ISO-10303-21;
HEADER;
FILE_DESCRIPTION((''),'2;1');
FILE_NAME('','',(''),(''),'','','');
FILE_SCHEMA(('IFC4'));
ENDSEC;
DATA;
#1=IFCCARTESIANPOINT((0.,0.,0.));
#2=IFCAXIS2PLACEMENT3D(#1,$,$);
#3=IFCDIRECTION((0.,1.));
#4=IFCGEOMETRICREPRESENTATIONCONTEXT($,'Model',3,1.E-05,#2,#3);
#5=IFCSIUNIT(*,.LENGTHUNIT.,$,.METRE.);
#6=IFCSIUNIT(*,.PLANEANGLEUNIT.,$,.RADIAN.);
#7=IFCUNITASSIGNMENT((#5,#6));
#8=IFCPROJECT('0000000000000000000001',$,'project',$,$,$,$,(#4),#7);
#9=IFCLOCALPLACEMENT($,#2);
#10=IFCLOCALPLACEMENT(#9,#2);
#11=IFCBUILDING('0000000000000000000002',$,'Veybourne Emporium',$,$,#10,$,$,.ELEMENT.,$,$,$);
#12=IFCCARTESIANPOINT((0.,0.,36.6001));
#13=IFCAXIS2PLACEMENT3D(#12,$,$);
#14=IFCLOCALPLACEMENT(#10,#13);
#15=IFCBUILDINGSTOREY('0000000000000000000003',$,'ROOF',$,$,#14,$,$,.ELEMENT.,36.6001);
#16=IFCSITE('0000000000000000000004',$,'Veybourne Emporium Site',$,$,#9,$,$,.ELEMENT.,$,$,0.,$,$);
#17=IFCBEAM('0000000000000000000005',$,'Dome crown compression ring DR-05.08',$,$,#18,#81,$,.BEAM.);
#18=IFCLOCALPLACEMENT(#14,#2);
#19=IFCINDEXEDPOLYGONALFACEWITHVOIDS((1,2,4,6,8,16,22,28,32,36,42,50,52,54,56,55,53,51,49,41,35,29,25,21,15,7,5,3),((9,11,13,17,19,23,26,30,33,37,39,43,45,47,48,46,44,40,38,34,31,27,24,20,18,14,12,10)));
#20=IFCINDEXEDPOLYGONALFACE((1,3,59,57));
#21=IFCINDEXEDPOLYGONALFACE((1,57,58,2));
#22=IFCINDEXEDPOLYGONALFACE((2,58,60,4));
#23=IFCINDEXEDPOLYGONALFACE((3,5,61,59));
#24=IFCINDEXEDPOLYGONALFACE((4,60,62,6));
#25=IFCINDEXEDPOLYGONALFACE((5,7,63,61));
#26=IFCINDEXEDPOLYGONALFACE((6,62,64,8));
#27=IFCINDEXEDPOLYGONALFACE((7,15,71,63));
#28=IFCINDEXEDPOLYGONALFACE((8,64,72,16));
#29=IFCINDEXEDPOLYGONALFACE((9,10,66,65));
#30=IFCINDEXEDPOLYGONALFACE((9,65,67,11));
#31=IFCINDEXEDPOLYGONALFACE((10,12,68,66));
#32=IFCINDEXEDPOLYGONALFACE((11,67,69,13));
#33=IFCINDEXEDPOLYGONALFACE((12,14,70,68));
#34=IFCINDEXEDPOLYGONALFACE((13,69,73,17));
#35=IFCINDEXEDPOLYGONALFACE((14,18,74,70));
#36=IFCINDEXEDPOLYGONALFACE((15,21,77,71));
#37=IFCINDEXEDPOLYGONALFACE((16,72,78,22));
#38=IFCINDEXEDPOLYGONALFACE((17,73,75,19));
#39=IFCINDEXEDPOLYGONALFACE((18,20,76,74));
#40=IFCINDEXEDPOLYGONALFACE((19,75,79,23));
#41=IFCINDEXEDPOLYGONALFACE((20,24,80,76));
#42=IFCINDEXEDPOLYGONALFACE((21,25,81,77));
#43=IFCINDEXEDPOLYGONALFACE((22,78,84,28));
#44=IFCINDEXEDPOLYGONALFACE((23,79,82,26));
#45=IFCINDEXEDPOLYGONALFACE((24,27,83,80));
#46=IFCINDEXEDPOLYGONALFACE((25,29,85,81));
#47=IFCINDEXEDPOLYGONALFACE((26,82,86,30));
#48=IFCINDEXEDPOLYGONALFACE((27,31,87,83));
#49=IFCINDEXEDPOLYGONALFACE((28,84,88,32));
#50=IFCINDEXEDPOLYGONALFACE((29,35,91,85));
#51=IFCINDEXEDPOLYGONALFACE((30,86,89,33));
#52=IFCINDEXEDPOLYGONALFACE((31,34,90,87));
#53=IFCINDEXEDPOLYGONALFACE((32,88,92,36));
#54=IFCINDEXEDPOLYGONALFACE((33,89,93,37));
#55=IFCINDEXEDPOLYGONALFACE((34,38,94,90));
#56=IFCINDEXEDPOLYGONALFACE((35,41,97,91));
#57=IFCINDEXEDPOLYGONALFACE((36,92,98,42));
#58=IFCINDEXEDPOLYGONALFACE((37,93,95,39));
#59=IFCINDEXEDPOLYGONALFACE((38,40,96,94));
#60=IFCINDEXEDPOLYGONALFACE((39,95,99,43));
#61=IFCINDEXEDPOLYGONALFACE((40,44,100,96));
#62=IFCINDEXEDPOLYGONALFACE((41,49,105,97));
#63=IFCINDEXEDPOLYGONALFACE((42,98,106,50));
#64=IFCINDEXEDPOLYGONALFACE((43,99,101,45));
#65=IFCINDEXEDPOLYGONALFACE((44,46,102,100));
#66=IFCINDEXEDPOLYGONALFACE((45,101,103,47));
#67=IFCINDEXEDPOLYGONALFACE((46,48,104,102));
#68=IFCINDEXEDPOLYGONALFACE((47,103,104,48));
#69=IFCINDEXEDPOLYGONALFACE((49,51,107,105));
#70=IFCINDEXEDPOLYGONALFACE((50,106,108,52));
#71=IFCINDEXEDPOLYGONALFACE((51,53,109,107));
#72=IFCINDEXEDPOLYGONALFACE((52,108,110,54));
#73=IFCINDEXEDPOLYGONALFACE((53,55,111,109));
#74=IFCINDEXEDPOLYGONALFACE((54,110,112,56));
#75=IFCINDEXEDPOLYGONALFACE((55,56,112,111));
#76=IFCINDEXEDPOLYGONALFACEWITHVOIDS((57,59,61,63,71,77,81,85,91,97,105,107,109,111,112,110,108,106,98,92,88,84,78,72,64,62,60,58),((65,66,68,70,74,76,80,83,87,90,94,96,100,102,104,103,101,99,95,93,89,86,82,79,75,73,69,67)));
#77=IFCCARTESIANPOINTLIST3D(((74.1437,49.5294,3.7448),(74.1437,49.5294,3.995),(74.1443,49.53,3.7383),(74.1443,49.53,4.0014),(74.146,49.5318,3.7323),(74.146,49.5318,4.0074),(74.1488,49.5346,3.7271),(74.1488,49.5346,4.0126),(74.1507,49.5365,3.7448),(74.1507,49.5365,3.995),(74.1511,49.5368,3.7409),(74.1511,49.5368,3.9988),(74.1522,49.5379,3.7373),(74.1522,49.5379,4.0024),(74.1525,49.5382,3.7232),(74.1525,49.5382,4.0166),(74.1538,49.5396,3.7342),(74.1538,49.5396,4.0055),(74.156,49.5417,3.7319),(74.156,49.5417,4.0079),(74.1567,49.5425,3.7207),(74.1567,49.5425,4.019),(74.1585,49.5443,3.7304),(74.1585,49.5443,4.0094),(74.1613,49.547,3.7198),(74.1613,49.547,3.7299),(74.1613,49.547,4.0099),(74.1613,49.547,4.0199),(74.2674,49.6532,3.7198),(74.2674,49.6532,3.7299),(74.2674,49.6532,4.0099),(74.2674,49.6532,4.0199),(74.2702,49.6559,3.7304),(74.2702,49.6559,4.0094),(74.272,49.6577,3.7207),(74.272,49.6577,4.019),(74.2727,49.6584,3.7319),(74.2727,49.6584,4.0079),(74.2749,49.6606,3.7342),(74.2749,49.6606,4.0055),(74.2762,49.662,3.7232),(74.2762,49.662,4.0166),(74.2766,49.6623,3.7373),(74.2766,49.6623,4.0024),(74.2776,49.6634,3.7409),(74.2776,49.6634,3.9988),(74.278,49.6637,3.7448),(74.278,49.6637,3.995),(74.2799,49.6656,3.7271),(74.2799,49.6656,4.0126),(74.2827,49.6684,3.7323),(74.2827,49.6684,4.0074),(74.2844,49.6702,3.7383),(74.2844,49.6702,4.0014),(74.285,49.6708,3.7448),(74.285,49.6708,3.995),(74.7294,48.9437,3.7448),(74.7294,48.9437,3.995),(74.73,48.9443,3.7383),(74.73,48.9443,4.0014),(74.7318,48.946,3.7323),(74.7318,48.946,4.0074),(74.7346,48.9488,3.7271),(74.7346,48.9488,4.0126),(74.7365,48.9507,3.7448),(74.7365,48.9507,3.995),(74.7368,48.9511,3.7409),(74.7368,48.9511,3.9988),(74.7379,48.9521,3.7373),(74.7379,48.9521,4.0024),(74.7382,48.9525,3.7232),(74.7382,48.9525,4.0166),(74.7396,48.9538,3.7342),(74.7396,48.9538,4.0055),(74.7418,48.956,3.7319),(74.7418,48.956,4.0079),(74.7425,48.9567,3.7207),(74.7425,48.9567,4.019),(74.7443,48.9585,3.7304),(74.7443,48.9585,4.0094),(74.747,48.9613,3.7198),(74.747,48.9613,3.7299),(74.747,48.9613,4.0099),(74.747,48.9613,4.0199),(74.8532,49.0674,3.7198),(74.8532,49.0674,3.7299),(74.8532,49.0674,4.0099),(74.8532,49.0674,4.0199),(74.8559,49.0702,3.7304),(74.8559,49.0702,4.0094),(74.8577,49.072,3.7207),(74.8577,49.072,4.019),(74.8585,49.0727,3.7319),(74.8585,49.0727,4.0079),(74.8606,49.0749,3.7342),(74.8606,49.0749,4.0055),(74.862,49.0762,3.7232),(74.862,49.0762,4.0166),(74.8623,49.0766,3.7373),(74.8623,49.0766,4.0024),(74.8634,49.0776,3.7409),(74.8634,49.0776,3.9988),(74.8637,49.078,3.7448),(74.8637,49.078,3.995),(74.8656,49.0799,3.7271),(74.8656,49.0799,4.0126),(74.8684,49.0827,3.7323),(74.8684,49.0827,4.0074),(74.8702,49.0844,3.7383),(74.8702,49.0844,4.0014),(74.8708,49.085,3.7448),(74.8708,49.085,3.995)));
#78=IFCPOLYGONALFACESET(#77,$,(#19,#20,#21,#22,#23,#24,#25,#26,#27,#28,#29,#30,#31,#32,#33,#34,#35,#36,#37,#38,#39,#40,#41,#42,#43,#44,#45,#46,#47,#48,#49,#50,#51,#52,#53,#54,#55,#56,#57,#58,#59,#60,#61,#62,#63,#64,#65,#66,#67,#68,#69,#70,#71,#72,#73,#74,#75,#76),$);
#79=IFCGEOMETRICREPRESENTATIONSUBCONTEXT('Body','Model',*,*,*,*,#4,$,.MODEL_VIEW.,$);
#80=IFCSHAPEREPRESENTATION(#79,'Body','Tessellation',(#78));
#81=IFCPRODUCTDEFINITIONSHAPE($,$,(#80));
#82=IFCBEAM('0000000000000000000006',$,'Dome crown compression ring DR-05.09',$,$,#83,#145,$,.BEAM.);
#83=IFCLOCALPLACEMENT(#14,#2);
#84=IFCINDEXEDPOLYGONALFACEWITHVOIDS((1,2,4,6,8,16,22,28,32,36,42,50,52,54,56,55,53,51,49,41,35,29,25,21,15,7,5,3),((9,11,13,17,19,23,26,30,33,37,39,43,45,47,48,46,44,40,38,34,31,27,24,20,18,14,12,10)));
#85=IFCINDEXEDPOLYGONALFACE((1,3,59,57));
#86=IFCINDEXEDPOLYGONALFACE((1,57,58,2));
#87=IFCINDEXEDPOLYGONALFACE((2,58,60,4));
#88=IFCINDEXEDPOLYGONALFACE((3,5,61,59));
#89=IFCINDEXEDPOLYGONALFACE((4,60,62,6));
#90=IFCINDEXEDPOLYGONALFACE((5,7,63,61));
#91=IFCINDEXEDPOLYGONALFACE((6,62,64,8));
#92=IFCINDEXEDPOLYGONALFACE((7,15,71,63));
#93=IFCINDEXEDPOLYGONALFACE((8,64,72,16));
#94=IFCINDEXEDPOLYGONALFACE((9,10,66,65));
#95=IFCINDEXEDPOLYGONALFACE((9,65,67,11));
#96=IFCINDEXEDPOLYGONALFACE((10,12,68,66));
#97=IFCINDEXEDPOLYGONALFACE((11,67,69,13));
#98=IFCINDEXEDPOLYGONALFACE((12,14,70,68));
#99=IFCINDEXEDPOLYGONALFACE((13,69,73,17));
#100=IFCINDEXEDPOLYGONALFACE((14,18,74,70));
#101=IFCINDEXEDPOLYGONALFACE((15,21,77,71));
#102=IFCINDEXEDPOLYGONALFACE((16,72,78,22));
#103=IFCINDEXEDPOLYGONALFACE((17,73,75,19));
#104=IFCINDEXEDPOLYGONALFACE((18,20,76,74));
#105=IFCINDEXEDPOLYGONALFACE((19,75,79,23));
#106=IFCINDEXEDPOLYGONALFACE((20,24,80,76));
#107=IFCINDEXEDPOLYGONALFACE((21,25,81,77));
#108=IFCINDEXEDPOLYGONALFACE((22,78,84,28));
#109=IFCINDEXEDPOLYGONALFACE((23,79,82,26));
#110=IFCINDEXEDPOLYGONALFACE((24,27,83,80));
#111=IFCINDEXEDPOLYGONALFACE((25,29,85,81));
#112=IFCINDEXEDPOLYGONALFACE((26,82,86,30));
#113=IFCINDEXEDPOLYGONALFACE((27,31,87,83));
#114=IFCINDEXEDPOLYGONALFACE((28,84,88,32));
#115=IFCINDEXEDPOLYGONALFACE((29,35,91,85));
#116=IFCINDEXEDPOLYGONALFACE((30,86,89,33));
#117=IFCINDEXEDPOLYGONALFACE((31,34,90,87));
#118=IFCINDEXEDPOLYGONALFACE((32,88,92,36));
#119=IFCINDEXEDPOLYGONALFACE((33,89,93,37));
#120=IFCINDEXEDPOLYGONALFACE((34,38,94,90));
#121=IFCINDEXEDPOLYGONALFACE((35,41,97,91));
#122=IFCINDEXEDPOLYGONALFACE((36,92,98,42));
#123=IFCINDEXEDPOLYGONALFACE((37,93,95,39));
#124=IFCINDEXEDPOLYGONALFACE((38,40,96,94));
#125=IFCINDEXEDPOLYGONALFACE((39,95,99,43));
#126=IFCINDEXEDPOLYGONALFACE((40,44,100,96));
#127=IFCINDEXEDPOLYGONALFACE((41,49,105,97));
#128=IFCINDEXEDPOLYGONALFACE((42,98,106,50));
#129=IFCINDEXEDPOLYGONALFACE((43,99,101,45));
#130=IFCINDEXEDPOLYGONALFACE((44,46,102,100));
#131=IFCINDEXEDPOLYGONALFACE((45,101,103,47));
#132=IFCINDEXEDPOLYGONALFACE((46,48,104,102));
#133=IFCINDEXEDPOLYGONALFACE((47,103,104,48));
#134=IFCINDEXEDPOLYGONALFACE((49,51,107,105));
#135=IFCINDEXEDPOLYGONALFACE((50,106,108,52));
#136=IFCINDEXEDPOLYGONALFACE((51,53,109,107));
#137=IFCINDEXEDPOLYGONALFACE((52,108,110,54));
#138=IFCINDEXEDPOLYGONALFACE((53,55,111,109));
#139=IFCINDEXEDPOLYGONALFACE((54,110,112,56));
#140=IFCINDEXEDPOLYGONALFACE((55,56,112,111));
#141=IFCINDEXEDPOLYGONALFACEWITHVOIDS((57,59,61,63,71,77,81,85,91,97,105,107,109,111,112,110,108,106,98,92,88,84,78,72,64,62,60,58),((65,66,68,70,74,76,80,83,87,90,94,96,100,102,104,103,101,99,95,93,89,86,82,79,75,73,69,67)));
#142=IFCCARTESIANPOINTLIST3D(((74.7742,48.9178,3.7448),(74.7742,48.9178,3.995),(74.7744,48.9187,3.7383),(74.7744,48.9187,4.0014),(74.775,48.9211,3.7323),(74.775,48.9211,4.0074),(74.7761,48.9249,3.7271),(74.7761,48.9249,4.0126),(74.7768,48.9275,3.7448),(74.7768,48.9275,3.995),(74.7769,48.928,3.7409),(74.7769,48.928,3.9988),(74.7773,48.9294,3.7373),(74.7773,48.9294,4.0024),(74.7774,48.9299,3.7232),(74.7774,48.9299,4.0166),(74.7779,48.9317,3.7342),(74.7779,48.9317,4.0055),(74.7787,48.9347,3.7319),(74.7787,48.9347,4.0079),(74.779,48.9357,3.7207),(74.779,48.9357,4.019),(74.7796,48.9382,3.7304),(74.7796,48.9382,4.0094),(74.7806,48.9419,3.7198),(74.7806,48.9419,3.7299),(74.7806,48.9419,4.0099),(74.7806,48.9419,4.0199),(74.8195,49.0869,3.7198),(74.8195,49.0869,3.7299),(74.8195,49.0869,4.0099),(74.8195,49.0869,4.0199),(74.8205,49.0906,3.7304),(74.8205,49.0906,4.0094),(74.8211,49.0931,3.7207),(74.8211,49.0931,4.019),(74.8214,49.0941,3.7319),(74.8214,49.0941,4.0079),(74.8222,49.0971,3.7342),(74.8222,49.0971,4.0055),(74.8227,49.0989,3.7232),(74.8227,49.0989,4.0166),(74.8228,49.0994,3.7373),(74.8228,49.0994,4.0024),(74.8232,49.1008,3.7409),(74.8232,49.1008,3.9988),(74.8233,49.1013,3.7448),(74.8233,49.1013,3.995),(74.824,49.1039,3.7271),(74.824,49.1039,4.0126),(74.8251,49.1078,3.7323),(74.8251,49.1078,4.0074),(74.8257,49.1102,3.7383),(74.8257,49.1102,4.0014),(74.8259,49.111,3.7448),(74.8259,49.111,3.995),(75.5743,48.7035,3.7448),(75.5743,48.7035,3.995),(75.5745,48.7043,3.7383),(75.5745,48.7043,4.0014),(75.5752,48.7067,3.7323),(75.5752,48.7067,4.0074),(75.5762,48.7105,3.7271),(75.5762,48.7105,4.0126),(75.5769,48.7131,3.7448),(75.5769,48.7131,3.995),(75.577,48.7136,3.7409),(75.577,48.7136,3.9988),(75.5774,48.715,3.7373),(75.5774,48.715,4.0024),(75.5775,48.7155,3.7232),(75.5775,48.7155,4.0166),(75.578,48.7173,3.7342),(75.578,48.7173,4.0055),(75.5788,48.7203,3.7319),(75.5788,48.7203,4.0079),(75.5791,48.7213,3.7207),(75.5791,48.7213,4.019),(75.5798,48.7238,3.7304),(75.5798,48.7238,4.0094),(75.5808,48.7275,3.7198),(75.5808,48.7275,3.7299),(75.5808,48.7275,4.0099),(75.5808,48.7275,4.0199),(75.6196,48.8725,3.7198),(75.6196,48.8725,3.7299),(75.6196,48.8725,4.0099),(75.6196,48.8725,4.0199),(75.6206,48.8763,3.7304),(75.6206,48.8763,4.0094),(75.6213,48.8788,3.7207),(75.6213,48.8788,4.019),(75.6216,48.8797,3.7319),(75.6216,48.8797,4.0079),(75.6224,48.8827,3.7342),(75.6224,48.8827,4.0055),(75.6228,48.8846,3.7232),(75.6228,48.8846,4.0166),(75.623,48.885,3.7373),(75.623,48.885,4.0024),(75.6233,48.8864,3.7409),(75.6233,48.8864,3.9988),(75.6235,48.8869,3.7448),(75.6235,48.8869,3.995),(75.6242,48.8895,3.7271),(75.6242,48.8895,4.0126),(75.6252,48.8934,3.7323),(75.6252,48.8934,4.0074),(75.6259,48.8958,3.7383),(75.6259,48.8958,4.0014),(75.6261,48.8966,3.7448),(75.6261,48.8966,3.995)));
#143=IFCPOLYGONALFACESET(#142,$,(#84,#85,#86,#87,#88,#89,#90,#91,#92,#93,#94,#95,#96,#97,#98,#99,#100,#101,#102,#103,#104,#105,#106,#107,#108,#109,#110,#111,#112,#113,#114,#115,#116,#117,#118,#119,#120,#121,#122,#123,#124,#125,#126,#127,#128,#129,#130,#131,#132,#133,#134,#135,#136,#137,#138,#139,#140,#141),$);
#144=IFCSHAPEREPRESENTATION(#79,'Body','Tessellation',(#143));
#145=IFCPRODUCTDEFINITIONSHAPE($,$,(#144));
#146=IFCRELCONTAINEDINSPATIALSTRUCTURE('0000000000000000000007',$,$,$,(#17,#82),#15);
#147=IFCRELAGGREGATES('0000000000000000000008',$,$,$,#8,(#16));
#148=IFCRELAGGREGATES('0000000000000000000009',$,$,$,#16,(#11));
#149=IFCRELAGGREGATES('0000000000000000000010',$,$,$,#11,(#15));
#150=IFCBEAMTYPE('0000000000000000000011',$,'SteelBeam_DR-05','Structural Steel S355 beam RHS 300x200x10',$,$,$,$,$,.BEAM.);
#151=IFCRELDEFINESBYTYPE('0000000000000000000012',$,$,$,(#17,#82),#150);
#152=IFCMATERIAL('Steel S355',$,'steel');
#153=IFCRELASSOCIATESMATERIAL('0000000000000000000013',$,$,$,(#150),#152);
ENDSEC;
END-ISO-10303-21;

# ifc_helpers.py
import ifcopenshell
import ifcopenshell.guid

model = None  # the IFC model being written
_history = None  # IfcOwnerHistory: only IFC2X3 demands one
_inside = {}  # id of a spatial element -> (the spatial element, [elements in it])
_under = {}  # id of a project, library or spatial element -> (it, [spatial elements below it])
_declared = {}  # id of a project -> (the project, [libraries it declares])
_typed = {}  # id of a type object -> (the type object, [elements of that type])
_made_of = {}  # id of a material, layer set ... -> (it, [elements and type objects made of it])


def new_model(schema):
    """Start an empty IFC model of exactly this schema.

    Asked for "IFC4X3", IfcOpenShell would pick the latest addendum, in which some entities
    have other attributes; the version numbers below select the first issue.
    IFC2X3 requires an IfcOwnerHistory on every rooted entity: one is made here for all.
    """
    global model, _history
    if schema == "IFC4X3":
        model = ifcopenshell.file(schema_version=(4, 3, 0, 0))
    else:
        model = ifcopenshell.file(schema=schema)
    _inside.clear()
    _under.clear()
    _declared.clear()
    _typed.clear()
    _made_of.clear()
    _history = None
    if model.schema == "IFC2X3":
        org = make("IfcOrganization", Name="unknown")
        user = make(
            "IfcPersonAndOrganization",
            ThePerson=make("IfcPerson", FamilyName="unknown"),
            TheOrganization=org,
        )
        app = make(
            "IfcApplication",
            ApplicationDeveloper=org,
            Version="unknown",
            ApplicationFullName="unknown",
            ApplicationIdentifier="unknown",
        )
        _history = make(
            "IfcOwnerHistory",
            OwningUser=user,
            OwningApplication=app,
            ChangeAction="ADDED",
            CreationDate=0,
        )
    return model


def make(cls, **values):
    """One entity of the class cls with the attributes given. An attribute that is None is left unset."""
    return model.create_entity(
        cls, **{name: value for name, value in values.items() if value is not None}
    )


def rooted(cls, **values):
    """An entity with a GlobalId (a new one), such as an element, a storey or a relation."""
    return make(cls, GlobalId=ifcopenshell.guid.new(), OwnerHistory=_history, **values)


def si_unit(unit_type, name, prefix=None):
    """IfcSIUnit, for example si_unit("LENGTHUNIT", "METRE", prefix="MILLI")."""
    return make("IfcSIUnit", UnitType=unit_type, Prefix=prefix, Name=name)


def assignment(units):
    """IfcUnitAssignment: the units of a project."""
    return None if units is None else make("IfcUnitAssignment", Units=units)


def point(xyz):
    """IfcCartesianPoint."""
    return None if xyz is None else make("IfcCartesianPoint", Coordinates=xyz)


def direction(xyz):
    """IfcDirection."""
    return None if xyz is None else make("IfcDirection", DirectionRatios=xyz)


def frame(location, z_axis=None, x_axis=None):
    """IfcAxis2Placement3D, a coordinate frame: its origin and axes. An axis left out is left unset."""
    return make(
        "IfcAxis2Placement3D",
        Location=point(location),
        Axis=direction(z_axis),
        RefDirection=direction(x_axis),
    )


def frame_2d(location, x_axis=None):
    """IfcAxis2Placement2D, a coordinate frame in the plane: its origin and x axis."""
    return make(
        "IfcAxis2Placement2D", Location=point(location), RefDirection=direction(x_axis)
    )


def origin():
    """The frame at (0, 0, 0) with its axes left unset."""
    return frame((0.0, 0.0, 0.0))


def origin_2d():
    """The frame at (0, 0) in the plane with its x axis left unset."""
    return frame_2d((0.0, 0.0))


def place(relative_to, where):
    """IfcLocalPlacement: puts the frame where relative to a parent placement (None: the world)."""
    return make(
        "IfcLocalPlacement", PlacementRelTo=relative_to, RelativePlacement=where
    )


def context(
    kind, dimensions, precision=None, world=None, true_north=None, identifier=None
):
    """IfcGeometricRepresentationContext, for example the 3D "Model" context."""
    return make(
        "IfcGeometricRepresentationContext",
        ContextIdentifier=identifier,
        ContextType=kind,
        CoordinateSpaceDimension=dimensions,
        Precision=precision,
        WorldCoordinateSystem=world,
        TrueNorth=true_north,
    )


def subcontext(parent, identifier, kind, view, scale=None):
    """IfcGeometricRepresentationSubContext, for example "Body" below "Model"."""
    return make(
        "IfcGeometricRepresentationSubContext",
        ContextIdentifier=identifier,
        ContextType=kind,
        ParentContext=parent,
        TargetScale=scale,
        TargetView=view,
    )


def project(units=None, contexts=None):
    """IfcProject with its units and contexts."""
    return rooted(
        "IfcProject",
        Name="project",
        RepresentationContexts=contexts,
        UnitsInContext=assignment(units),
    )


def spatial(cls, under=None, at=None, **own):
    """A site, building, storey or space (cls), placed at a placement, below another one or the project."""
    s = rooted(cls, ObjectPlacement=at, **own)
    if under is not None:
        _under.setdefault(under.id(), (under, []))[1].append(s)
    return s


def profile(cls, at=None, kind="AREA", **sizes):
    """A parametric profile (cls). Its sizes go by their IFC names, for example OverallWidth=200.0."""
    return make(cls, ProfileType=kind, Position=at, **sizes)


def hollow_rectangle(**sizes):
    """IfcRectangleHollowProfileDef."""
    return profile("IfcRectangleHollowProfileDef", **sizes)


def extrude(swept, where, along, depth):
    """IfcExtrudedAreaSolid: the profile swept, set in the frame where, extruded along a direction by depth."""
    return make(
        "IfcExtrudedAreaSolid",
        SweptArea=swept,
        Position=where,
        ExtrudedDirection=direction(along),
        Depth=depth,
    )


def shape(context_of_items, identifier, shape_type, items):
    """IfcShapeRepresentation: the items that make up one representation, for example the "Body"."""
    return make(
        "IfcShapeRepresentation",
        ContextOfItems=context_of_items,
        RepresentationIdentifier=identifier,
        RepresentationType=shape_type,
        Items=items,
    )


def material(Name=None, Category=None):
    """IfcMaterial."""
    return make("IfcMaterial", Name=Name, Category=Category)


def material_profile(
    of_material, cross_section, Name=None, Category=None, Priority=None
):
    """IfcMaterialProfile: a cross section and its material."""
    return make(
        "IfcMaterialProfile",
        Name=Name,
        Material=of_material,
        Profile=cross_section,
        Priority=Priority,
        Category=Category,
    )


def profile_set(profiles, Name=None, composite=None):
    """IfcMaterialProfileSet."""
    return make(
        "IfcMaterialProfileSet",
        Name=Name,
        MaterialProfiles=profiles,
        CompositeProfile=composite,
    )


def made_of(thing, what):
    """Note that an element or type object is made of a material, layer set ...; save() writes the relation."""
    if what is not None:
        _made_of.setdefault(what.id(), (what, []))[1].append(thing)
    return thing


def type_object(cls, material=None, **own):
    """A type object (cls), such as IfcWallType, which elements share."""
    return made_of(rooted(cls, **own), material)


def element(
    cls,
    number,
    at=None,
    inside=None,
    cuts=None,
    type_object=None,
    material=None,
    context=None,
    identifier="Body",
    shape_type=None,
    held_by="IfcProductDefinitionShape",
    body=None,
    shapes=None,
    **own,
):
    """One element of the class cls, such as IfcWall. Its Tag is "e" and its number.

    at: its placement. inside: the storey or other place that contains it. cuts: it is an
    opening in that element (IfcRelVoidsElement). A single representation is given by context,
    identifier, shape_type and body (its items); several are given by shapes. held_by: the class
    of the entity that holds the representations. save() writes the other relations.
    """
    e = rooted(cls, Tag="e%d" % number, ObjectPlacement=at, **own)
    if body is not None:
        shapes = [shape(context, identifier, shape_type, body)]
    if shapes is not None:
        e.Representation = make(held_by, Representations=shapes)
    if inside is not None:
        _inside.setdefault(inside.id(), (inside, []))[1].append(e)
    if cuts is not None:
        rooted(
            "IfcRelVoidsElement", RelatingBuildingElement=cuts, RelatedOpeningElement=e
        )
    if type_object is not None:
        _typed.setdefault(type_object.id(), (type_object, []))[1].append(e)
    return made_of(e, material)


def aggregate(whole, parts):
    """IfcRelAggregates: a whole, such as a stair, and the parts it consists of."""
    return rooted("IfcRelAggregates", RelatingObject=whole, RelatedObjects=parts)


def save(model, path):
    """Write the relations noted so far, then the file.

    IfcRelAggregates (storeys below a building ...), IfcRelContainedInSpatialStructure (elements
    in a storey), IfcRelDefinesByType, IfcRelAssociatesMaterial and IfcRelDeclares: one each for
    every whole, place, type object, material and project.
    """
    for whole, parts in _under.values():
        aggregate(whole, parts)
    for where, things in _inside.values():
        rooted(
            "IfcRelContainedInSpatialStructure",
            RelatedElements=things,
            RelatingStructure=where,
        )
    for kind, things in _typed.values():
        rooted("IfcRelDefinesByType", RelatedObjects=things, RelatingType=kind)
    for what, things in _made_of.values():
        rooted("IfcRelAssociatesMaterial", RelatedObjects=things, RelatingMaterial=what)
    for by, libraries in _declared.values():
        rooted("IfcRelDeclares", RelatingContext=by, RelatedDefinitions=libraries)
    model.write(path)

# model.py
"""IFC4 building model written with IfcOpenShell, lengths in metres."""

from ifc_helpers import new_model, si_unit, direction, frame, origin, origin_2d, place, context, subcontext, project, spatial, hollow_rectangle, extrude, material, material_profile, profile_set, type_object, element, save


model = new_model("IFC4")

# Units and contexts
model_context = context("Model", 3, precision=1e-05, world=origin(), true_north=direction((0.0, 1.0)))
body_context = subcontext(model_context, "Body", "Model", "MODEL_VIEW")
ifc_project = project(units=[si_unit("LENGTHUNIT", "METRE"), si_unit("PLANEANGLEUNIT", "RADIAN")], contexts=[model_context])

# Site, building, storey
site_placement = place(None, origin())
site = spatial("IfcSite", under=ifc_project, at=site_placement, Name="Veybourne Emporium Site", CompositionType="ELEMENT", RefElevation=0.0)
building_placement = place(site_placement, origin())
building = spatial("IfcBuilding", under=site, at=building_placement, Name="Veybourne Emporium", CompositionType="ELEMENT")
storey_placement = place(building_placement, frame((0.0, 0.0, 36.6001)))
storey = spatial("IfcBuildingStorey", under=building, at=storey_placement, Name="ROOF", CompositionType="ELEMENT", Elevation=36.6001)

# Beams
ifc_material_1 = material(Name="Steel S355", Category="steel")
ifc_material_profile_1 = material_profile(ifc_material_1, hollow_rectangle(XDim=0.2, YDim=0.3, WallThickness=0.01, InnerFilletRadius=0.0149, OuterFilletRadius=0.0249, at=origin_2d()), Name="RHS 300x200x10")
ifc_profile_set_1 = profile_set([ifc_material_profile_1], Name="Steel S355")
beam_type_1 = type_object("IfcBeamType", Name="SteelBeam_DR-05", Description="Structural Steel S355 beam RHS 300x200x10", PredefinedType="BEAM", material=ifc_profile_set_1)
for number, where, z_axis, x_axis, name in (
    (1, (74.2144, 49.6001, 3.8699), (0.707107, -0.707107, 0.0), (0.707107, 0.707107, 0.0), "Dome crown compression ring DR-05.08"),
    (2, (74.8, 49.0144, 3.8699), (0.965931, -0.2588, 0.0), (0.2588, 0.965931, 0.0), "Dome crown compression ring DR-05.09"),
):
    element("IfcBeam", number, at=place(storey_placement, frame(where, z_axis=z_axis, x_axis=x_axis)), inside=storey, type_object=beam_type_1, Name=name, PredefinedType="BEAM", context=body_context, shape_type="SweptSolid", body=[
        extrude(hollow_rectangle(XDim=0.2, YDim=0.3, WallThickness=0.01, InnerFilletRadius=0.0149, OuterFilletRadius=0.0249, at=origin_2d()), origin(), (0.0, 0.0, 1.0), 0.8284),
    ])

save(model, "model.ifc")
